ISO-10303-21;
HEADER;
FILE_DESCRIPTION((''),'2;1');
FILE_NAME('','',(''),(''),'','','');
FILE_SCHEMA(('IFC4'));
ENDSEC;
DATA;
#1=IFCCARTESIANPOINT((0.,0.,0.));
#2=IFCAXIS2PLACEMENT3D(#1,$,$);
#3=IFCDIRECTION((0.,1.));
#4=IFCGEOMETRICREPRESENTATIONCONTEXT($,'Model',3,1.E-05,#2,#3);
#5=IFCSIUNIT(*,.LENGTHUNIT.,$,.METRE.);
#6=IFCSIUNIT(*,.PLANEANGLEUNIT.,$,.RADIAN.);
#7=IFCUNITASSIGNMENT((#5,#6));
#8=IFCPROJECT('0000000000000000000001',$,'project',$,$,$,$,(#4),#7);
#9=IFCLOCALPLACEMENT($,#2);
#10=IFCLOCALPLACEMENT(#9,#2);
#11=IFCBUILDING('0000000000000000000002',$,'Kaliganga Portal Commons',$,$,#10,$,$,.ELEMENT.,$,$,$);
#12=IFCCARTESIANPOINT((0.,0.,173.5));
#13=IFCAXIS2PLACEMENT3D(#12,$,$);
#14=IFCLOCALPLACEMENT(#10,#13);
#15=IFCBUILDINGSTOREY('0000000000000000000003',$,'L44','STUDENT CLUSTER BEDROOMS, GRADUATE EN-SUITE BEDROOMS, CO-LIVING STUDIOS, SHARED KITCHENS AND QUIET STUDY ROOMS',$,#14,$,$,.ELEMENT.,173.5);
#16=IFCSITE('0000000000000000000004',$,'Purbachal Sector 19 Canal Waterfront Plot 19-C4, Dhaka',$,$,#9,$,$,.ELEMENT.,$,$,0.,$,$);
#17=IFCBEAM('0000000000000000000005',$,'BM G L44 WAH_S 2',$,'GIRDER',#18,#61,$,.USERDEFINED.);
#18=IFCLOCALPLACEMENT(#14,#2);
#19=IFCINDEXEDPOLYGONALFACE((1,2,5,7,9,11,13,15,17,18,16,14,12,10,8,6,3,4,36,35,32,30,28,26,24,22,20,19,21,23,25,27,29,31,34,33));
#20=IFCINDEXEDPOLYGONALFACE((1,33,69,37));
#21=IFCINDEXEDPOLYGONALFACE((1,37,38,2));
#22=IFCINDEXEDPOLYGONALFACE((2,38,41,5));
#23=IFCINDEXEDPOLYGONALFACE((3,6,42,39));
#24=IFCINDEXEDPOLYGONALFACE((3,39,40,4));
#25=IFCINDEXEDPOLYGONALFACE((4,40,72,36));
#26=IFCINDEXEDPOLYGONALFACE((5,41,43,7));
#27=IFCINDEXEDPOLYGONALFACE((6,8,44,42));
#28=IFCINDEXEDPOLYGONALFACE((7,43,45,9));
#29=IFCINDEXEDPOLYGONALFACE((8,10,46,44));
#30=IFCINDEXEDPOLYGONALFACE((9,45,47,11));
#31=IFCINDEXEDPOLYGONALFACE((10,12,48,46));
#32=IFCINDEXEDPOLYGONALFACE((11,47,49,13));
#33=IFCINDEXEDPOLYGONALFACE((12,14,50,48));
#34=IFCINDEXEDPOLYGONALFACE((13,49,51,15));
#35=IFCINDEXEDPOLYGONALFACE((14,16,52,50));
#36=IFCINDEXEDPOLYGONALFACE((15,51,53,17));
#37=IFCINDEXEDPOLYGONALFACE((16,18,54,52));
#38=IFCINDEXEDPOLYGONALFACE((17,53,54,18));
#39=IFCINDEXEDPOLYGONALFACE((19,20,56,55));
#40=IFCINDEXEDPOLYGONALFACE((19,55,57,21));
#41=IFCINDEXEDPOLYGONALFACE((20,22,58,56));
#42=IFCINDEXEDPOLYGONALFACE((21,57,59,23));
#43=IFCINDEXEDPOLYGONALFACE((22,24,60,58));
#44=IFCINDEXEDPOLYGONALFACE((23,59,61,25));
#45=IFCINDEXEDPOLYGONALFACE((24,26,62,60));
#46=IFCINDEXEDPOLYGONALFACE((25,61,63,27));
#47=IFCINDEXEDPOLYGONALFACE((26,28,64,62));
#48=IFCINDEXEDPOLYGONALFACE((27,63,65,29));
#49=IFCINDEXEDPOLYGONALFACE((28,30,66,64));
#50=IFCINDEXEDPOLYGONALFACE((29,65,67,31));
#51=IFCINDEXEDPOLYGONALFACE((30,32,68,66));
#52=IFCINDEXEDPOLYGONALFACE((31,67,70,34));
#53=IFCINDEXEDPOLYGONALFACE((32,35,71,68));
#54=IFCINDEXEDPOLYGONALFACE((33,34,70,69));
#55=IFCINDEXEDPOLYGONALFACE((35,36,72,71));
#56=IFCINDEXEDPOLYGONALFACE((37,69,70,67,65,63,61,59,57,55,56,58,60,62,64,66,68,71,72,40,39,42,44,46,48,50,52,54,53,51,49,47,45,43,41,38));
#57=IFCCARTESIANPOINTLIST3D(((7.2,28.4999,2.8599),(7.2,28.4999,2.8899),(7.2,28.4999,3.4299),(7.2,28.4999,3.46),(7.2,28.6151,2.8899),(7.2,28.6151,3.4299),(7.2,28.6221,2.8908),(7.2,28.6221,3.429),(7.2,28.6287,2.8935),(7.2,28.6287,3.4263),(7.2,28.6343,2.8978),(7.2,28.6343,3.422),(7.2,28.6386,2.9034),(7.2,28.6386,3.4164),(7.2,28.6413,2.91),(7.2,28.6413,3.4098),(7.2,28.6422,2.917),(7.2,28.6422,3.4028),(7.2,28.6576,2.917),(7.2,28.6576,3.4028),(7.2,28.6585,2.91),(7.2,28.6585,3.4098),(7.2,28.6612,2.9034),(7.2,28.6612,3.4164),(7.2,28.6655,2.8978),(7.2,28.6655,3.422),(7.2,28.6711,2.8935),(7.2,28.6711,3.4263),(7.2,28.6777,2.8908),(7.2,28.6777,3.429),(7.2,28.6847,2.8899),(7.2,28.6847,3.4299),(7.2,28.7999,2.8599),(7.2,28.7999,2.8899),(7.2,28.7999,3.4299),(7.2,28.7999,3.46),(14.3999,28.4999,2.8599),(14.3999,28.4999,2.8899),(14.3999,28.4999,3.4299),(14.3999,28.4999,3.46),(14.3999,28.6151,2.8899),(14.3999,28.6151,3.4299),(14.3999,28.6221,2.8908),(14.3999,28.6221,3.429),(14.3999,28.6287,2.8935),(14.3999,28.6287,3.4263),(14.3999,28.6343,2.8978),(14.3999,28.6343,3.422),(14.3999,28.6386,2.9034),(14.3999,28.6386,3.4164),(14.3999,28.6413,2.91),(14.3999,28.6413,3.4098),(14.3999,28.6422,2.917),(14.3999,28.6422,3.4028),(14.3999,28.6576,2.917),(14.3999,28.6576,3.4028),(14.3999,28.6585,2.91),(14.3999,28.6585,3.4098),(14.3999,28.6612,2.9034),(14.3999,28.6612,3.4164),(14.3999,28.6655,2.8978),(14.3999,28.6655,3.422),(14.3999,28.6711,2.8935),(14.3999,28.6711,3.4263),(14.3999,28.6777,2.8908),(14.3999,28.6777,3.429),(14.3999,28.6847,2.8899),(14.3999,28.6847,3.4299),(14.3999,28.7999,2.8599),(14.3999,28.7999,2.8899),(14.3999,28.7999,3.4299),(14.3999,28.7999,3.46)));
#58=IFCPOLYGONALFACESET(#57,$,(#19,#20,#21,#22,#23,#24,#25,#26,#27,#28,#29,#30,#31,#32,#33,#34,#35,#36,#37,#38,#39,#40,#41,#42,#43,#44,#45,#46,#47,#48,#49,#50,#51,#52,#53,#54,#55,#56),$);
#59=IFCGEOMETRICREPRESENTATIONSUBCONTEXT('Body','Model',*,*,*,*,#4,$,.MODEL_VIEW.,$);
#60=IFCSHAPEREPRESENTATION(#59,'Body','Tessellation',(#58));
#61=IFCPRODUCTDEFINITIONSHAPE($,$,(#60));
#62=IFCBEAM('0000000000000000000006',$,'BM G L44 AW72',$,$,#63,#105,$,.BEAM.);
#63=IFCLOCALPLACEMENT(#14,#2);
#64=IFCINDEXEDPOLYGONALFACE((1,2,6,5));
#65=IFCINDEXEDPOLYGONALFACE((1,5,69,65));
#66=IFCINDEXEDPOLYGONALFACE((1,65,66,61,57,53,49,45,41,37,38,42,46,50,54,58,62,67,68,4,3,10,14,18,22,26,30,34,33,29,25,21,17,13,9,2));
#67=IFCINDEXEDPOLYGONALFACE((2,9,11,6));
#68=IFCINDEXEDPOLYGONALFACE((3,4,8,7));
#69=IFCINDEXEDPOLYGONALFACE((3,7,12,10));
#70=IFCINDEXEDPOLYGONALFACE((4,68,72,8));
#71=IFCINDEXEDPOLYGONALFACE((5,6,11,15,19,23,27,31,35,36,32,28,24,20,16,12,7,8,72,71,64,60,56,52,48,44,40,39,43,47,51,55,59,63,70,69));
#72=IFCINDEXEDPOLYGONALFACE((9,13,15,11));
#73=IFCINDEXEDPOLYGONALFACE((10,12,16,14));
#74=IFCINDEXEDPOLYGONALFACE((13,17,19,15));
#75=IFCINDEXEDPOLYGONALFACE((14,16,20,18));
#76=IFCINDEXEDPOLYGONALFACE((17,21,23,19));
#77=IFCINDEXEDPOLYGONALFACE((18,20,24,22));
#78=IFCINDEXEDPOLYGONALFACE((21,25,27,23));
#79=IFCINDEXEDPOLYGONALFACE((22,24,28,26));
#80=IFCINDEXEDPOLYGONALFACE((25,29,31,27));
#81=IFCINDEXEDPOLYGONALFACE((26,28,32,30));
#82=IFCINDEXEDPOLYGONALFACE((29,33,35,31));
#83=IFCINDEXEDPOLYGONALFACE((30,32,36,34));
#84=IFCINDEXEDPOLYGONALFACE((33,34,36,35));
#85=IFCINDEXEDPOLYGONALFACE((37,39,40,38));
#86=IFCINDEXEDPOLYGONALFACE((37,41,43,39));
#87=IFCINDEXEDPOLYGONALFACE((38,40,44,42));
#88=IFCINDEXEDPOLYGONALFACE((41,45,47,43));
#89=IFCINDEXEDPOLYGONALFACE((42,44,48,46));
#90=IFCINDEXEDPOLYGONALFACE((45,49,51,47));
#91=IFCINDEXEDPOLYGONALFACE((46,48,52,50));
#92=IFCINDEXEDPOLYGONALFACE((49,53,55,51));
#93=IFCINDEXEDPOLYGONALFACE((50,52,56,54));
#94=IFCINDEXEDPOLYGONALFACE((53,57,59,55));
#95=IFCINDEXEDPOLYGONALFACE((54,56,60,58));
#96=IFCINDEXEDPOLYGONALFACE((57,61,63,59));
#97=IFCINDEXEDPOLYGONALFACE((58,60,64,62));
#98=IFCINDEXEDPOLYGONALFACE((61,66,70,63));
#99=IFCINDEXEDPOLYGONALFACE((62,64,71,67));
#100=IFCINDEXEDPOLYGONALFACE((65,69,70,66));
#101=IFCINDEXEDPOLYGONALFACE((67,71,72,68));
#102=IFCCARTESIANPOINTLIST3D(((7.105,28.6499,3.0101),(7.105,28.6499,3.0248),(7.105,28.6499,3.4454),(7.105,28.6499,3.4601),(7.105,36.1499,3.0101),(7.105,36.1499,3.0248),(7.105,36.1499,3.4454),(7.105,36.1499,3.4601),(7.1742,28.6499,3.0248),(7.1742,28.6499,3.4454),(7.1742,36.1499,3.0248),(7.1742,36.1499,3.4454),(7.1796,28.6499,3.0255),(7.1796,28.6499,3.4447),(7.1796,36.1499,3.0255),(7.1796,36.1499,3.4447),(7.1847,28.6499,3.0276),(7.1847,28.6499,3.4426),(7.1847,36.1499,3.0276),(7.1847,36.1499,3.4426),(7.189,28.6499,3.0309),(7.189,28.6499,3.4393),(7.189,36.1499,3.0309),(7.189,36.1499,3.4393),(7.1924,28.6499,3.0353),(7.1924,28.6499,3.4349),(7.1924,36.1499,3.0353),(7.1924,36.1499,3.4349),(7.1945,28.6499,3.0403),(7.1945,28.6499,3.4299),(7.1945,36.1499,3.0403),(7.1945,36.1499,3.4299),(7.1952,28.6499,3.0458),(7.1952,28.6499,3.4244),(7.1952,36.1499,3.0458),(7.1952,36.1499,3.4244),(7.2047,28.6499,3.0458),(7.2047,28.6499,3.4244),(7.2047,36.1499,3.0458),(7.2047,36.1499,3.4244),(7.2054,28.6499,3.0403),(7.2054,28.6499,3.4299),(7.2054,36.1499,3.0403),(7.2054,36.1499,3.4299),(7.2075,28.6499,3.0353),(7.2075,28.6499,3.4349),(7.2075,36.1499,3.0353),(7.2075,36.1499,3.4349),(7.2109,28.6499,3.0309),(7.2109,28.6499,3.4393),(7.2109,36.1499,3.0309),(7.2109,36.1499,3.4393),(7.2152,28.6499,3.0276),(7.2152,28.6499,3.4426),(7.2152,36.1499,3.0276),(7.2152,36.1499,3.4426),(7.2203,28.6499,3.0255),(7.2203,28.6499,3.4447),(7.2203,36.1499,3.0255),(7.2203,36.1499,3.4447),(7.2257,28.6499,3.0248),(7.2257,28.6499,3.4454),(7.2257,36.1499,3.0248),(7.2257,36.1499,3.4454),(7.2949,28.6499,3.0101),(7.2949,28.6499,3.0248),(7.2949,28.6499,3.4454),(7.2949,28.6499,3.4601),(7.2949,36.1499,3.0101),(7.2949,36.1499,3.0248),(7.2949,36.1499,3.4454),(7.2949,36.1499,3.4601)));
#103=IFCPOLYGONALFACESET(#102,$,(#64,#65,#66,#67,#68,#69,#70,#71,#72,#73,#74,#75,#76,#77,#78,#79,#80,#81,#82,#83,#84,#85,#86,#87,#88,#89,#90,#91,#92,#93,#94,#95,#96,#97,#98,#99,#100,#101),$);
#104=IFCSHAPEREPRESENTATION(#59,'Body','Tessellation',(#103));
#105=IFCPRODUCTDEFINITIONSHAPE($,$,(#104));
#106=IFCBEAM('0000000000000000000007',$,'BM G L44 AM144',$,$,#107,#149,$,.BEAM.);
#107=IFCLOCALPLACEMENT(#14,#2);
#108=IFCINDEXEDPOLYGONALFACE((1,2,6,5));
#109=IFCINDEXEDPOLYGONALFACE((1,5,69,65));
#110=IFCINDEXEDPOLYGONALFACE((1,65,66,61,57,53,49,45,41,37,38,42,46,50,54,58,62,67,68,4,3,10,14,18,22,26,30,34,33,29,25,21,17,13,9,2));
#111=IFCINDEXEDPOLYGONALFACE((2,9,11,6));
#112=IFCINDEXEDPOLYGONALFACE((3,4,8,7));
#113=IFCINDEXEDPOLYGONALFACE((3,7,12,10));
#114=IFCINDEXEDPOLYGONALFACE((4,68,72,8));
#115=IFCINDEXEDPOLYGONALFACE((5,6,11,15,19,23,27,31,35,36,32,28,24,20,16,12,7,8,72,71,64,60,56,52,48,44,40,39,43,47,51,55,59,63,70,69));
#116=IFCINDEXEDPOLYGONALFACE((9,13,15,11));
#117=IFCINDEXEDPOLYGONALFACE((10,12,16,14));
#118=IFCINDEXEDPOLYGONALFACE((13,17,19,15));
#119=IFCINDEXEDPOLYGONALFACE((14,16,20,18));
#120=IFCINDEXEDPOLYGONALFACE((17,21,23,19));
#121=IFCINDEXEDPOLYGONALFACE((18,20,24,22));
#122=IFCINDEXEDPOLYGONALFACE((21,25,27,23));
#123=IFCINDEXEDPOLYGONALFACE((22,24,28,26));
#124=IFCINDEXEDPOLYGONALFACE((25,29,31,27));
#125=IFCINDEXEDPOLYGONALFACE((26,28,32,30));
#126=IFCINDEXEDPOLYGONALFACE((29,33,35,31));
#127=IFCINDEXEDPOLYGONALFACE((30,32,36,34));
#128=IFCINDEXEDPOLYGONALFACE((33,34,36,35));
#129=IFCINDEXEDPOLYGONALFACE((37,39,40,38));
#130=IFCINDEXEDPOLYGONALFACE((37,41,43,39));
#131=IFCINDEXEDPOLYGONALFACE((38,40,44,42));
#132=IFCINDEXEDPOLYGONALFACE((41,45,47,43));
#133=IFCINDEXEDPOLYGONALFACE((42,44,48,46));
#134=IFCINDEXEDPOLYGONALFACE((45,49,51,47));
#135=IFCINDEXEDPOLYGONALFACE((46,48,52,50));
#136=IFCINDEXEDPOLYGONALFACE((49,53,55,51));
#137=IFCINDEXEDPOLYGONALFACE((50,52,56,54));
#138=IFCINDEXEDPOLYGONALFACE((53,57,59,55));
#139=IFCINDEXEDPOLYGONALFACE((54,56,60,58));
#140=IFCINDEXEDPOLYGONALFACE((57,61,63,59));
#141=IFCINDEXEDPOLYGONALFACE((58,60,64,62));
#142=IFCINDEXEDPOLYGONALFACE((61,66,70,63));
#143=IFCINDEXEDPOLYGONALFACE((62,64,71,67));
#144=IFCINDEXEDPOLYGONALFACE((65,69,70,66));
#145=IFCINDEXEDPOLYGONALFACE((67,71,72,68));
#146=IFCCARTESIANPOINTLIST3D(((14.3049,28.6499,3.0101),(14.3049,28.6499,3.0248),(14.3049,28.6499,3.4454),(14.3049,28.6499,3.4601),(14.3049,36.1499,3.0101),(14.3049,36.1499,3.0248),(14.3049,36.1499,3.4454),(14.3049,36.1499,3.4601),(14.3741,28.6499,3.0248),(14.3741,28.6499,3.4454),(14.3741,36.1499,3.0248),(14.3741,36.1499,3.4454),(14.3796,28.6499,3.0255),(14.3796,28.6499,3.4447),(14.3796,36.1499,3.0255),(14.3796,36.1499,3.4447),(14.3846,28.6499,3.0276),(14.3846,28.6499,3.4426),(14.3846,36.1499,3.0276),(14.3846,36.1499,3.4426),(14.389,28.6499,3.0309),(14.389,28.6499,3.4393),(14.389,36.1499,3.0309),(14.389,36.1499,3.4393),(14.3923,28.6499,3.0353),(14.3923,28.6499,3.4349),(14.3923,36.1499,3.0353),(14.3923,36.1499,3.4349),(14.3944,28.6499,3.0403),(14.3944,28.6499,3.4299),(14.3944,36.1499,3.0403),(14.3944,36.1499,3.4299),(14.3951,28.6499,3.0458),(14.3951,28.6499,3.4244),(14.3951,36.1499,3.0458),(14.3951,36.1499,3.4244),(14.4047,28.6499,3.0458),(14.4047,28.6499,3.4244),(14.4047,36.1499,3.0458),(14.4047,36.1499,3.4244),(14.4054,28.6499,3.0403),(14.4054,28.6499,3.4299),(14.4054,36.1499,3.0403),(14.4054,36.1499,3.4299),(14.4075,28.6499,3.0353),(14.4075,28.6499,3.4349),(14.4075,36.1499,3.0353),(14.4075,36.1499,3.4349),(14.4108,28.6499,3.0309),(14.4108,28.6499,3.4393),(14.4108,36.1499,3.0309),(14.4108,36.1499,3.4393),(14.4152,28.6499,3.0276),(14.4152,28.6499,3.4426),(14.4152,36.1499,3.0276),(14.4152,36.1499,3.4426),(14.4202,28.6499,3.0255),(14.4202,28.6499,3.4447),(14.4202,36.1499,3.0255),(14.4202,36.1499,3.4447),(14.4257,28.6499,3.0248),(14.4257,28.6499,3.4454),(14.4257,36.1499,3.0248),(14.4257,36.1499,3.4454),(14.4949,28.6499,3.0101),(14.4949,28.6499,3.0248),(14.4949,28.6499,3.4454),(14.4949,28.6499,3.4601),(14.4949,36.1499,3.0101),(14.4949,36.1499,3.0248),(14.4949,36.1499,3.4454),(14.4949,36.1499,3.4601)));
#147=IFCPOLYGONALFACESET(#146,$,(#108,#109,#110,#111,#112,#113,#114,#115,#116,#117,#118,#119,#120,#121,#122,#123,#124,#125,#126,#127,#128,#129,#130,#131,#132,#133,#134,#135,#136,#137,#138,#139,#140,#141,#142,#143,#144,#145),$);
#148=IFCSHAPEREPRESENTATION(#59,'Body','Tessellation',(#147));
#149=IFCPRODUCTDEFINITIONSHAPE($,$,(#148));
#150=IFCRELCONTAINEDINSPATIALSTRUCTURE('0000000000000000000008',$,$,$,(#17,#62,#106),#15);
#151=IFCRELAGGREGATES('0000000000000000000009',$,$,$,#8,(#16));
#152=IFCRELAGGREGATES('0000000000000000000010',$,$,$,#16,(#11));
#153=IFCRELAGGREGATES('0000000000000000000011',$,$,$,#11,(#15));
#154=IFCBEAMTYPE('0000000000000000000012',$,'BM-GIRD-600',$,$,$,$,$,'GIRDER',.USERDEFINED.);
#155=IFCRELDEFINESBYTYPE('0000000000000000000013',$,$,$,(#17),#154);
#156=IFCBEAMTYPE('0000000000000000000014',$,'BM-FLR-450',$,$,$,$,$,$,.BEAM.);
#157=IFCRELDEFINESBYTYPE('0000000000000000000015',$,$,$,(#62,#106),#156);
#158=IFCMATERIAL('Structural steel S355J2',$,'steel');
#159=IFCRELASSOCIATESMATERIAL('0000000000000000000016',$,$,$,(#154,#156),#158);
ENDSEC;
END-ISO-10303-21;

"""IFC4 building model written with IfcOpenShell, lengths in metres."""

from ifc_helpers import new_model, si_unit, direction, frame, origin, origin_2d, place, context, subcontext, project, spatial, i_section, extrude, source, transform, mapped, material, material_profile, profile_set, type_object, element, save


model = new_model("IFC4")

# Units and contexts
model_context = context("Model", 3, precision=1e-05, world=origin(), true_north=direction((0.0, 1.0)))
body_context = subcontext(model_context, "Body", "Model", "MODEL_VIEW")
ifc_project = project(units=[si_unit("LENGTHUNIT", "METRE"), si_unit("PLANEANGLEUNIT", "RADIAN")], contexts=[model_context])

# Site, building, storey
site_placement = place(None, origin())
site = spatial("IfcSite", under=ifc_project, at=site_placement, Name="Purbachal Sector 19 Canal Waterfront Plot 19-C4, Dhaka", CompositionType="ELEMENT", RefElevation=0.0)
building_placement = place(site_placement, origin())
building = spatial("IfcBuilding", under=site, at=building_placement, Name="Kaliganga Portal Commons", CompositionType="ELEMENT")
storey_placement = place(building_placement, frame((0.0, 0.0, 173.5)))
storey = spatial("IfcBuildingStorey", under=building, at=storey_placement, Name="L44", Description="STUDENT CLUSTER BEDROOMS, GRADUATE EN-SUITE BEDROOMS, CO-LIVING STUDIOS, SHARED KITCHENS AND QUIET STUDY ROOMS", CompositionType="ELEMENT", Elevation=173.5)

# Beams
ifc_material_1 = material(Name="Structural steel S355J2", Category="steel")
ifc_material_profile_1 = material_profile(ifc_material_1, i_section(OverallWidth=0.3, OverallDepth=0.6001, WebThickness=0.0154, FlangeThickness=0.03, FilletRadius=0.0271, at=origin_2d()), Name="HE 600 B")
ifc_profile_set_1 = profile_set([ifc_material_profile_1], Name="Structural steel S355J2 wide-flange")
beam_type_1 = type_object("IfcBeamType", Name="BM-GIRD-600", ElementType="GIRDER", PredefinedType="USERDEFINED", material=ifc_profile_set_1)
shared_shape_1 = source(origin(), body_context, "Body", "SweptSolid", [
    extrude(i_section(OverallWidth=0.3, OverallDepth=0.6001, WebThickness=0.0154, FlangeThickness=0.03, FilletRadius=0.0271, at=origin_2d()), origin(), (0.0, 0.0, 1.0), 7.2),
])
beam_1_placement = place(storey_placement, frame((7.2, 28.6499, 3.1599), z_axis=(1.0, 0.0, 0.0), x_axis=(0.0, 1.0, 0.0)))
element("IfcBeam", 1, at=beam_1_placement, inside=storey, type_object=beam_type_1, Name="BM G L44 WAH_S 2", ObjectType="GIRDER", PredefinedType="USERDEFINED", context=body_context, shape_type="MappedRepresentation", body=[
    mapped(shared_shape_1, transform((0.0, 0.0, 0.0), x_axis=(1.0, 0.0, 0.0), y_axis=(0.0, 1.0, 0.0), z_axis=(0.0, 0.0, 1.0), scale=1.0)),
])
ifc_material_profile_2 = material_profile(ifc_material_1, i_section(OverallWidth=0.1899, OverallDepth=0.45, WebThickness=0.0095, FlangeThickness=0.0146, FilletRadius=0.021, at=origin_2d()), Name="IPE 450")
ifc_profile_set_2 = profile_set([ifc_material_profile_2], Name="Structural steel S355J2 wide-flange")
beam_type_2 = type_object("IfcBeamType", Name="BM-FLR-450", PredefinedType="BEAM", material=ifc_profile_set_2)
shared_shape_2 = source(origin(), body_context, "Body", "SweptSolid", [
    extrude(i_section(OverallWidth=0.1899, OverallDepth=0.45, WebThickness=0.0095, FlangeThickness=0.0146, FilletRadius=0.021, at=origin_2d()), origin(), (0.0, 0.0, 1.0), 7.5),
])
for number, where, z_axis, x_axis, name in (
    (2, (7.2, 28.6499, 3.2351), (0.0, 1.0, 0.0), (-1.0, 0.0, 0.0), "BM G L44 AW72"),
    (3, (14.3999, 28.6499, 3.2351), (0.0, 1.0, 0.0), (-1.0, 0.0, 0.0), "BM G L44 AM144"),
):
    element("IfcBeam", number, at=place(storey_placement, frame(where, z_axis=z_axis, x_axis=x_axis)), inside=storey, type_object=beam_type_2, Name=name, PredefinedType="BEAM", context=body_context, shape_type="MappedRepresentation", body=[
        mapped(shared_shape_2, transform((0.0, 0.0, 0.0), x_axis=(1.0, 0.0, 0.0), y_axis=(0.0, 1.0, 0.0), z_axis=(0.0, 0.0, 1.0), scale=1.0)),
    ])

save(model, "model.ifc")
